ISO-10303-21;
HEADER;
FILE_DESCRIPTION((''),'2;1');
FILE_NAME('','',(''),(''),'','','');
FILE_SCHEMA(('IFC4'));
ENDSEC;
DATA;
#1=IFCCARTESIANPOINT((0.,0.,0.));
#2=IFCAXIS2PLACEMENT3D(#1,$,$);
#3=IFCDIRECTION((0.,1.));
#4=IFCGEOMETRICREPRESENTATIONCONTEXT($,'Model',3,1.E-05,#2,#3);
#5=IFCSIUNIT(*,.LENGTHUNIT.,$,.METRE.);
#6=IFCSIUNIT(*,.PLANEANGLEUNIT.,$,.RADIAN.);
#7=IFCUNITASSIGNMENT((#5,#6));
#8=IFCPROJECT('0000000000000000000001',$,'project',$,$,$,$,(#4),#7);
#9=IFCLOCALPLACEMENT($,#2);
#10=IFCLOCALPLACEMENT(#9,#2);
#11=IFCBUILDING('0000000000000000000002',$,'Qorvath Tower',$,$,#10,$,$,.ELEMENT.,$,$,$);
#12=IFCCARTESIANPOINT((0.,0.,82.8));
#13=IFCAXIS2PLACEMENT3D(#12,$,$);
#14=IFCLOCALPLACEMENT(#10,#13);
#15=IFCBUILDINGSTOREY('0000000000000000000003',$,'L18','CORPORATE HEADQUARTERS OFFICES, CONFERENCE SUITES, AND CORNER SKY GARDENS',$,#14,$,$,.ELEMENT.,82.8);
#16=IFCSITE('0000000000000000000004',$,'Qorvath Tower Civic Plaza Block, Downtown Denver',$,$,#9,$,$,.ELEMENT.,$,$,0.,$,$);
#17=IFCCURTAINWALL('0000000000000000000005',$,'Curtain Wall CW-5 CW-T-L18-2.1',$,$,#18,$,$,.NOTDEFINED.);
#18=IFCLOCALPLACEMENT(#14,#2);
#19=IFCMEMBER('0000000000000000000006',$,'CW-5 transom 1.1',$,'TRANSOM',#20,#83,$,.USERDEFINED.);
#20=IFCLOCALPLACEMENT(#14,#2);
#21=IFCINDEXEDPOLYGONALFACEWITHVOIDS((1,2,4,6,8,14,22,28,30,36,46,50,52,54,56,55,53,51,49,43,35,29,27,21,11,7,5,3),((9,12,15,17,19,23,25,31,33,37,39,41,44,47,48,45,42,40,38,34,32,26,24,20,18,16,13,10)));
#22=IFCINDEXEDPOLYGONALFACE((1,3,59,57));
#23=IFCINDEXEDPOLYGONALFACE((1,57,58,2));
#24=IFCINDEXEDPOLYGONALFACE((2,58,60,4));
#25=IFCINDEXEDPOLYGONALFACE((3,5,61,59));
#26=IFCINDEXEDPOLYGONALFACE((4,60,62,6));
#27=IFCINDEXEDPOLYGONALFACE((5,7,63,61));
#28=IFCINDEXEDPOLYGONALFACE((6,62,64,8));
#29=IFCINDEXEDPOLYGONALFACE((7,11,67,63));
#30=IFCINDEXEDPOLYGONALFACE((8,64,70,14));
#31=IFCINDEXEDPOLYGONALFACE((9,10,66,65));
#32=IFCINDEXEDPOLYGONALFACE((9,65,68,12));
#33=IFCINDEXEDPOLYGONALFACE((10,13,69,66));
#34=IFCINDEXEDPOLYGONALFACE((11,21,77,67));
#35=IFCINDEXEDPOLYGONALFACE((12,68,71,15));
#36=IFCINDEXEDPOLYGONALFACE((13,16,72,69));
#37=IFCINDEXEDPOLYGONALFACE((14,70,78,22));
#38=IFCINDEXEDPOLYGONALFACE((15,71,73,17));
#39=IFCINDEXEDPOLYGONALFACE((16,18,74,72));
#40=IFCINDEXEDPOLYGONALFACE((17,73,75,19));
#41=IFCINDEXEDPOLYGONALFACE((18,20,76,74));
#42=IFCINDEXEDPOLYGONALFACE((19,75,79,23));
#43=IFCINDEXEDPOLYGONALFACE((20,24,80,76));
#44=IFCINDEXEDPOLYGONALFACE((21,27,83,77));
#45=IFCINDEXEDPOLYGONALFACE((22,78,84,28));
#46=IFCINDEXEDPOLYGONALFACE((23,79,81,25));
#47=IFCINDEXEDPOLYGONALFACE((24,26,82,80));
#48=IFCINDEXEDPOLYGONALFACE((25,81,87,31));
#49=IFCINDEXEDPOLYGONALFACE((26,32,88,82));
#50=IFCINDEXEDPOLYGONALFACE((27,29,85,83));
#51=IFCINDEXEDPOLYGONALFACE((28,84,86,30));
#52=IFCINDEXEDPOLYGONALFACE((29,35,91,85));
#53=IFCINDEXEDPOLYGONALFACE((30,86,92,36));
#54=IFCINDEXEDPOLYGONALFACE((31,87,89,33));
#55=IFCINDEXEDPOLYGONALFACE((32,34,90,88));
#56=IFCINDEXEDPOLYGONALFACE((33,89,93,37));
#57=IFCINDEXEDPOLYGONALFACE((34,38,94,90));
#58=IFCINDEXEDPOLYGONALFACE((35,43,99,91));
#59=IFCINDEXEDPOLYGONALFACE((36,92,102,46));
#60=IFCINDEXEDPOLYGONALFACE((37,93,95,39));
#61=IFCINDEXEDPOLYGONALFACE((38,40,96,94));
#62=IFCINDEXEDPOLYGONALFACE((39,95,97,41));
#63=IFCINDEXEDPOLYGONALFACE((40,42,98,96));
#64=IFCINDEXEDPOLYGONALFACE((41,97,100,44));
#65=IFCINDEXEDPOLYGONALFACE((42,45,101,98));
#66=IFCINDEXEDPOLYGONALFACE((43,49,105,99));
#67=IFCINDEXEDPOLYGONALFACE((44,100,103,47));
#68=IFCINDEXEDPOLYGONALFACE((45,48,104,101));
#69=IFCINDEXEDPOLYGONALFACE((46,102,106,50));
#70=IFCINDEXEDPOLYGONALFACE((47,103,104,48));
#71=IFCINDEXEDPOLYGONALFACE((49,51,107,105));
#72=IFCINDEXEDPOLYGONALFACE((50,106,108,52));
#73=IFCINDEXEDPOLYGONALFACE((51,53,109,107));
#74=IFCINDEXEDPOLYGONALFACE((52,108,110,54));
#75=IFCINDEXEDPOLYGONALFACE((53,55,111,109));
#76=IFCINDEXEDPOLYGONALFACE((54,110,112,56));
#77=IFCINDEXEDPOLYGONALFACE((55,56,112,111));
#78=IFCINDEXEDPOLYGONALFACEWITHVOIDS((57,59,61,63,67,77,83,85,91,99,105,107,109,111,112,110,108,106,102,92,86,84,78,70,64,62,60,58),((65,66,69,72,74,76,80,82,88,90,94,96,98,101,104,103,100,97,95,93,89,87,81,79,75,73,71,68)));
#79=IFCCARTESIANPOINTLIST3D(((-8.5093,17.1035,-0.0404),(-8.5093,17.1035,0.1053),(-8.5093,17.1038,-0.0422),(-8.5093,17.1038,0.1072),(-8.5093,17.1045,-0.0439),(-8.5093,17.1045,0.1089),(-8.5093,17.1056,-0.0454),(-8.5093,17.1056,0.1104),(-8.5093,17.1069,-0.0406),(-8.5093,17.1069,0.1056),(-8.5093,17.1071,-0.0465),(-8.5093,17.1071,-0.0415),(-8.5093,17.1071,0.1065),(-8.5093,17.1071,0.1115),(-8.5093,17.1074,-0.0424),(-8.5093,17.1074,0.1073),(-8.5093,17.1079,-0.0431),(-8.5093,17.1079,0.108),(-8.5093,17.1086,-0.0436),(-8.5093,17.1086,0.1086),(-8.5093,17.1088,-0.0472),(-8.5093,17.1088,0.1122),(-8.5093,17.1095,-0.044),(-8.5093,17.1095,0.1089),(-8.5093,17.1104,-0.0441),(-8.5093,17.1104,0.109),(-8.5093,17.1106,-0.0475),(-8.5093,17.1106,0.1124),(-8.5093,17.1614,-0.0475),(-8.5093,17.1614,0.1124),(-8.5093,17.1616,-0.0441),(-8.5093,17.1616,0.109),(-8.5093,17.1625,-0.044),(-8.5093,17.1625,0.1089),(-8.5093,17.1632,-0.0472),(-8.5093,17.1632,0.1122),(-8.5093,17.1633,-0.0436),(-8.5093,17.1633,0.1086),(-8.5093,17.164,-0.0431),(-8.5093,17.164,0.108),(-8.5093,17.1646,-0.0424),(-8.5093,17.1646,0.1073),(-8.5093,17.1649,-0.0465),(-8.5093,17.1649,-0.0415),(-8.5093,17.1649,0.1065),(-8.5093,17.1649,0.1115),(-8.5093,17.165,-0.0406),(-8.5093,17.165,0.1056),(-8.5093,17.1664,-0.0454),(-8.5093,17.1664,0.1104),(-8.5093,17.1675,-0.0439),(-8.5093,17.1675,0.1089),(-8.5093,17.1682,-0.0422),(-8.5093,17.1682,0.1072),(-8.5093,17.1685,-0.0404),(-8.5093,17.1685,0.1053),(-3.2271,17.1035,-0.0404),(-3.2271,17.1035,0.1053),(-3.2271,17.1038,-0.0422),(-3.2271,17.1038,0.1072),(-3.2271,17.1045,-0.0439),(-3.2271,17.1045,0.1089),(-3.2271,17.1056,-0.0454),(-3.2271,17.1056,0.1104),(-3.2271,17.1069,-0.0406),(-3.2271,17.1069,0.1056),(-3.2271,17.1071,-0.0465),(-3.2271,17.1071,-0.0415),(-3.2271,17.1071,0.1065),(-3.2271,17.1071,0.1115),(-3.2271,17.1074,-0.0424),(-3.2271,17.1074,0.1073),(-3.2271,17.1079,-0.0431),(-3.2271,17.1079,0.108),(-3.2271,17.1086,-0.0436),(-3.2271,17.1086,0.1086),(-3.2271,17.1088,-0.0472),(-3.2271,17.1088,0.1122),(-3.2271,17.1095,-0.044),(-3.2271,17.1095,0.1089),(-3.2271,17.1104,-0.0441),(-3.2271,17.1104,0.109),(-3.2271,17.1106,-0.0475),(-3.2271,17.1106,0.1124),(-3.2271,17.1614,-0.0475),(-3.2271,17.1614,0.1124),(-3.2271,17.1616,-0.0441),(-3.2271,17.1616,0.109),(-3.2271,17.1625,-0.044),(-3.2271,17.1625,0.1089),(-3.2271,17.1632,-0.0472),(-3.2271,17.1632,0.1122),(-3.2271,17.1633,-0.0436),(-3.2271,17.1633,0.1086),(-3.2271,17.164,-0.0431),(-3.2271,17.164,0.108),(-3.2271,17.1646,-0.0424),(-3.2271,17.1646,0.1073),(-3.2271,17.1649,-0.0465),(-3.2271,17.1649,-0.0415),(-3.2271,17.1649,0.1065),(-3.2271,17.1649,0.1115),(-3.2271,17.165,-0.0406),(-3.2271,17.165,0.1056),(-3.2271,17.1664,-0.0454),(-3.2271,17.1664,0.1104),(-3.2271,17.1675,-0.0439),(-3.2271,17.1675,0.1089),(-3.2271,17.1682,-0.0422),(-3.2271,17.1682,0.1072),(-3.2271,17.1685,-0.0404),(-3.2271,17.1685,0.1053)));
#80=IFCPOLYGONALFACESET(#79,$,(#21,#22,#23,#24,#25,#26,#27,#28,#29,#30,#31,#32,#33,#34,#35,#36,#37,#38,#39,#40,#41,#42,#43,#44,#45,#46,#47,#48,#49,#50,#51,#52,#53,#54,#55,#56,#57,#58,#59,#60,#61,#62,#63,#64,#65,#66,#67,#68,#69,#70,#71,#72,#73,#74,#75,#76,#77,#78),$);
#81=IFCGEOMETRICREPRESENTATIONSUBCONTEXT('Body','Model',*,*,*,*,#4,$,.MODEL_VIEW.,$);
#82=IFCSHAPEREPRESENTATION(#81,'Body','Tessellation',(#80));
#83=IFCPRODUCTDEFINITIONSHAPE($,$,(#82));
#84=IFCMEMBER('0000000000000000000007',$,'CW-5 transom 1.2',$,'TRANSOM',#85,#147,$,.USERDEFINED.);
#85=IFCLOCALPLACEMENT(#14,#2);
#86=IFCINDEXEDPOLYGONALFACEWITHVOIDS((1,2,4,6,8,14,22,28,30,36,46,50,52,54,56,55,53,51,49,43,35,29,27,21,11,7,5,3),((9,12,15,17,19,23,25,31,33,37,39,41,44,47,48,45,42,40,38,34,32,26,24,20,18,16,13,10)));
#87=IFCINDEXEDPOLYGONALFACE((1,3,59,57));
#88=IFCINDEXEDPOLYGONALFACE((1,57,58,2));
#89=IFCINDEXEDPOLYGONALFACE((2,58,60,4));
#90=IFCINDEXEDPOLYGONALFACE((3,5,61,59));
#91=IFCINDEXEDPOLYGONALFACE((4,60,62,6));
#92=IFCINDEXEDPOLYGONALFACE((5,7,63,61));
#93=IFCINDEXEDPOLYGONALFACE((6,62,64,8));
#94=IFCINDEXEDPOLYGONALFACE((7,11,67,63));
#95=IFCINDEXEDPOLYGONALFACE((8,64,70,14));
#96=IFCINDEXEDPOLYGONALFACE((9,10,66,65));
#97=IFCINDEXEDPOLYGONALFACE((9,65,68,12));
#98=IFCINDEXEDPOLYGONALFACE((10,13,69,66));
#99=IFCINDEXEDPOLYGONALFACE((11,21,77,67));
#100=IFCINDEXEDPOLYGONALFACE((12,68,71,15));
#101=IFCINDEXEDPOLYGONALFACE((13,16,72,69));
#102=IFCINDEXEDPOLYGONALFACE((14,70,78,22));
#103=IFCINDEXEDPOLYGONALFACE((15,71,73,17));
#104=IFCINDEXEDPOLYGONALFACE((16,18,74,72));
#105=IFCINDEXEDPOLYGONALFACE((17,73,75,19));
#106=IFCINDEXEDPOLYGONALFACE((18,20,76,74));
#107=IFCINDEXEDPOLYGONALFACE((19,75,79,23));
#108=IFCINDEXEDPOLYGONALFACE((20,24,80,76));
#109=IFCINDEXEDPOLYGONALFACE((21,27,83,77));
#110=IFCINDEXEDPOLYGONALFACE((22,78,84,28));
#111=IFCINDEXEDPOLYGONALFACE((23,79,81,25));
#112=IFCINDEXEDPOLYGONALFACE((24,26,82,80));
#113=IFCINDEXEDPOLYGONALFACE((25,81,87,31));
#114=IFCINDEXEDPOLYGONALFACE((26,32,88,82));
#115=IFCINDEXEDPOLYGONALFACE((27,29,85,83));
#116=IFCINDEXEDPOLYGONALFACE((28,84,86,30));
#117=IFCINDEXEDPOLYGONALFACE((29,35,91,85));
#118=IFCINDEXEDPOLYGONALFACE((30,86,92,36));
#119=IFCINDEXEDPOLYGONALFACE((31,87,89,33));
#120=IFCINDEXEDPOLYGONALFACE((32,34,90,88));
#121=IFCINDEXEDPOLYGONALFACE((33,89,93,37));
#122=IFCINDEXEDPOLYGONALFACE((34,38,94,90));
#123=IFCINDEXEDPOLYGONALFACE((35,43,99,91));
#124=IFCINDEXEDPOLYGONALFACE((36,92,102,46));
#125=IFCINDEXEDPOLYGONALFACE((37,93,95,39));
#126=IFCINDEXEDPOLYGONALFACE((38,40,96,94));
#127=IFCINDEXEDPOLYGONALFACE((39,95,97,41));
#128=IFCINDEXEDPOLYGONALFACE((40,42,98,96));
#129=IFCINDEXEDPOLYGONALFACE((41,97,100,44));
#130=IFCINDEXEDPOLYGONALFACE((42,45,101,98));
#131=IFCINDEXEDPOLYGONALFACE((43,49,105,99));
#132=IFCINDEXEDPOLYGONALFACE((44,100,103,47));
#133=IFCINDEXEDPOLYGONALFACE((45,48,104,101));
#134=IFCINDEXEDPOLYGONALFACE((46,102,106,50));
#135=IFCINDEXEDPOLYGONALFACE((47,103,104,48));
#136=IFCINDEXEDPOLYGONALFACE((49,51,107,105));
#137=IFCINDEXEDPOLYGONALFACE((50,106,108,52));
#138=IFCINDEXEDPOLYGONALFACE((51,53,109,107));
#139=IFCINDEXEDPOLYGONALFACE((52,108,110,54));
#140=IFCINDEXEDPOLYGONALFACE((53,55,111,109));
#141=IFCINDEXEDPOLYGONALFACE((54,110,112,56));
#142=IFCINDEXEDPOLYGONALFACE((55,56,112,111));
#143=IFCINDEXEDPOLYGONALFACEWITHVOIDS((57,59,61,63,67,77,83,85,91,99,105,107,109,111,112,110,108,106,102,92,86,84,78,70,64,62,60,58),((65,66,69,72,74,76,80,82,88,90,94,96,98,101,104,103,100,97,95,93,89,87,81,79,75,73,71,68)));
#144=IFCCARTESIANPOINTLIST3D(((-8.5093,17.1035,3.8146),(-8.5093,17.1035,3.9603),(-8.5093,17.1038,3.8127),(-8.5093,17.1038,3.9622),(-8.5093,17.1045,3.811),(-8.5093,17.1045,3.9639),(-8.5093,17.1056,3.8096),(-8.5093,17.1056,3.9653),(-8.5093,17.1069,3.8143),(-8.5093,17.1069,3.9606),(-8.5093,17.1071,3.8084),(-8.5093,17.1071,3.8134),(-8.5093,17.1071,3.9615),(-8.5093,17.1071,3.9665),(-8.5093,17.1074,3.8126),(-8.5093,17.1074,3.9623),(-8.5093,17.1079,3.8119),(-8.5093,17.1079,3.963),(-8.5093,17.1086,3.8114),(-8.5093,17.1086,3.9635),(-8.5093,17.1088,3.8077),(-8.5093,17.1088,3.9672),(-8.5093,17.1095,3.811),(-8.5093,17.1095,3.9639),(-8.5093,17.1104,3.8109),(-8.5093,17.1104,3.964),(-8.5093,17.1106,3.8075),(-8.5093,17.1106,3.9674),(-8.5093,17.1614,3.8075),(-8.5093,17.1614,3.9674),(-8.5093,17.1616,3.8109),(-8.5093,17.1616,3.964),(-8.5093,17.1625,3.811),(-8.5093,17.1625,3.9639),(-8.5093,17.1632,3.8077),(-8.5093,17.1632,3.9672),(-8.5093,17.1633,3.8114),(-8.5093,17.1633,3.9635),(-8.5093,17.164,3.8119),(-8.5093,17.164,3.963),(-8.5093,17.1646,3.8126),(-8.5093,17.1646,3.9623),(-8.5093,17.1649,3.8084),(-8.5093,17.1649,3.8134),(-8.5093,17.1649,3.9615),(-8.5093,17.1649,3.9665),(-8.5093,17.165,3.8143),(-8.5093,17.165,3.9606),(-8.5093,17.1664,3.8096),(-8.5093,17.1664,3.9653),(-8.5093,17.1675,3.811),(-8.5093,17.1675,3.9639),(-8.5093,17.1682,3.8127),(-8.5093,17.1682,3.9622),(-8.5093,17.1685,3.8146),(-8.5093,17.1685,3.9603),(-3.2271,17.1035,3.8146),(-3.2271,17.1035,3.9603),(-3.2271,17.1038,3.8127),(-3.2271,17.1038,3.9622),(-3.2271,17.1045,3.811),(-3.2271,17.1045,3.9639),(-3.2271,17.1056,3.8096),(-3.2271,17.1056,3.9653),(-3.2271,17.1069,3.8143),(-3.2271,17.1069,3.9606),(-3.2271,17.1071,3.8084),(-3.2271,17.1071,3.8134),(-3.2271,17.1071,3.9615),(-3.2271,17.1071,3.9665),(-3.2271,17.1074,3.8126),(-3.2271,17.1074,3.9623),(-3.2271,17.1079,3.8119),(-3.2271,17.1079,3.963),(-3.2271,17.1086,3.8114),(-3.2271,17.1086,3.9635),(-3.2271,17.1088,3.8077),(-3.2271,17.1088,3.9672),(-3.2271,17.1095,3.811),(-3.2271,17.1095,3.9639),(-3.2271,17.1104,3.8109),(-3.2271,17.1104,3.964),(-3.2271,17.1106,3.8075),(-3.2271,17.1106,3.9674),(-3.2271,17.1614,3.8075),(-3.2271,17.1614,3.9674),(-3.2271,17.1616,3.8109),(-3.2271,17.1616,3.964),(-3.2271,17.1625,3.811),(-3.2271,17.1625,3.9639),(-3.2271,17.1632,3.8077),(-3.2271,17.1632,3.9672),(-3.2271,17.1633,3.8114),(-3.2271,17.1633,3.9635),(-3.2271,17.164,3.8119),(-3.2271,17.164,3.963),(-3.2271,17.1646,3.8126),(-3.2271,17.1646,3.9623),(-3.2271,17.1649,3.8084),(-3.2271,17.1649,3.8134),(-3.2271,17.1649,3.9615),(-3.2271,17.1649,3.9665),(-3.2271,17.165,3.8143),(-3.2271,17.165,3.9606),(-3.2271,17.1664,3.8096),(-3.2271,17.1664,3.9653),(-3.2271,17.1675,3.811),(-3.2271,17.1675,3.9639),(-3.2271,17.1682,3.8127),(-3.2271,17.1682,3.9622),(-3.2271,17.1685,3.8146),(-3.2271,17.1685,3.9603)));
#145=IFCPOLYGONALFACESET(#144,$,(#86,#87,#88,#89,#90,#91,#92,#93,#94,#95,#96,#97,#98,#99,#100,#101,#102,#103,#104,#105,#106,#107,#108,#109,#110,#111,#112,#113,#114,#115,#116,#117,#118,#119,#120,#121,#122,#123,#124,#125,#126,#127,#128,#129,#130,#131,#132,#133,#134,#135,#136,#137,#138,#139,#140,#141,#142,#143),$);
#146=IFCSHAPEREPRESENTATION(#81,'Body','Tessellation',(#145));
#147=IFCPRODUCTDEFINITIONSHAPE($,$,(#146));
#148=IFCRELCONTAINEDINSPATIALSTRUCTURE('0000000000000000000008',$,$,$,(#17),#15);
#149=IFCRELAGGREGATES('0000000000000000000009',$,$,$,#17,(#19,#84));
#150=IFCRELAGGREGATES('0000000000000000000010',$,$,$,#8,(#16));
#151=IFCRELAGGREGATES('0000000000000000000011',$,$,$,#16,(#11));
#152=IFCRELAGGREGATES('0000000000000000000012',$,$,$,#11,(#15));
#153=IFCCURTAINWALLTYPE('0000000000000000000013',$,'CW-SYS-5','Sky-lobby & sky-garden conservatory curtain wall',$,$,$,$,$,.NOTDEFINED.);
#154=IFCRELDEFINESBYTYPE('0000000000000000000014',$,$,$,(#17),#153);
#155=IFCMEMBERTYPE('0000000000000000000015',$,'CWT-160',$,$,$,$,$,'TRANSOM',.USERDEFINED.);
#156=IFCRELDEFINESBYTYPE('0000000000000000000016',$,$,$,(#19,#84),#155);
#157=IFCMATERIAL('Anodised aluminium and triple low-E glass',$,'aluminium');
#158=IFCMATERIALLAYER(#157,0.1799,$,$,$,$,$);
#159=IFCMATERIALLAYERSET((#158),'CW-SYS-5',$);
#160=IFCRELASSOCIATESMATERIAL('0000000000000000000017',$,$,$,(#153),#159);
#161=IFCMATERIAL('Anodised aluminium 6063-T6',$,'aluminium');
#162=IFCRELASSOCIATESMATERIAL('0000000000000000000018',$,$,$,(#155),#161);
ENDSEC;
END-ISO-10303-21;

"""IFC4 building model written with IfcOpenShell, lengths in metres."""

from ifc_helpers import new_model, si_unit, direction, frame, origin, origin_2d, place, context, subcontext, project, spatial, hollow_rectangle, extrude, material, layer, layer_set, material_profile, profile_set, type_object, element, aggregate, save


model = new_model("IFC4")

# Units and contexts
model_context = context("Model", 3, precision=1e-05, world=origin(), true_north=direction((0.0, 1.0)))
body_context = subcontext(model_context, "Body", "Model", "MODEL_VIEW")
ifc_project = project(units=[si_unit("LENGTHUNIT", "METRE"), si_unit("PLANEANGLEUNIT", "RADIAN")], contexts=[model_context])

# Site, building, storey
site_placement = place(None, origin())
site = spatial("IfcSite", under=ifc_project, at=site_placement, Name="Qorvath Tower Civic Plaza Block, Downtown Denver", CompositionType="ELEMENT", RefElevation=0.0)
building_placement = place(site_placement, origin())
building = spatial("IfcBuilding", under=site, at=building_placement, Name="Qorvath Tower", CompositionType="ELEMENT")
storey_placement = place(building_placement, frame((0.0, 0.0, 82.8)))
storey = spatial("IfcBuildingStorey", under=building, at=storey_placement, Name="L18", Description="CORPORATE HEADQUARTERS OFFICES, CONFERENCE SUITES, AND CORNER SKY GARDENS", CompositionType="ELEMENT", Elevation=82.8)

# Curtain wall
ifc_material_1 = material(Name="Anodised aluminium and triple low-E glass", Category="aluminium")
ifc_layer_1 = layer(ifc_material_1, 0.1799)
ifc_layer_set_1 = layer_set([ifc_layer_1], Name="CW-SYS-5")
curtain_wall_type = type_object("IfcCurtainWallType", Name="CW-SYS-5", Description="Sky-lobby & sky-garden conservatory curtain wall", PredefinedType="NOTDEFINED", material=ifc_layer_set_1)
curtain_wall_1_placement = place(storey_placement, origin())
curtain_wall_1 = element("IfcCurtainWall", 1, at=curtain_wall_1_placement, inside=storey, type_object=curtain_wall_type, Name="Curtain Wall CW-5 CW-T-L18-2.1", PredefinedType="NOTDEFINED")

# Members
ifc_material_2 = material(Name="Anodised aluminium 6063-T6", Category="aluminium")
ifc_material_profile_1 = material_profile(ifc_material_2, hollow_rectangle(XDim=0.0649, YDim=0.1599, WallThickness=0.0034, InnerFilletRadius=0.0034, OuterFilletRadius=0.0071, at=origin_2d()), Name="CWT 160x65")
ifc_profile_set_1 = profile_set([ifc_material_profile_1], Name="Anodised aluminium 6063-T6")
member_type_1 = type_object("IfcMemberType", Name="CWT-160", ElementType="TRANSOM", PredefinedType="USERDEFINED", material=ifc_profile_set_1)
member_1_placement = place(storey_placement, frame((-3.2271, 17.136, 0.0325), z_axis=(-1.0, 0.0, 0.0), x_axis=(0.0, -1.0, 0.0)))
member_1 = element("IfcMember", 2, at=member_1_placement, type_object=member_type_1, Name="CW-5 transom 1.1", ObjectType="TRANSOM", PredefinedType="USERDEFINED", context=body_context, shape_type="SweptSolid", body=[
    extrude(hollow_rectangle(XDim=0.0649, YDim=0.1599, WallThickness=0.0034, InnerFilletRadius=0.0034, OuterFilletRadius=0.0071, at=origin_2d()), origin(), (0.0, 0.0, 1.0), 5.2822),
])
member_2_placement = place(storey_placement, frame((-3.2271, 17.136, 3.8875), z_axis=(-1.0, 0.0, 0.0), x_axis=(0.0, -1.0, 0.0)))
member_2 = element("IfcMember", 3, at=member_2_placement, type_object=member_type_1, Name="CW-5 transom 1.2", ObjectType="TRANSOM", PredefinedType="USERDEFINED", context=body_context, shape_type="SweptSolid", body=[
    extrude(hollow_rectangle(XDim=0.0649, YDim=0.1599, WallThickness=0.0034, InnerFilletRadius=0.0034, OuterFilletRadius=0.0071, at=origin_2d()), origin(), (0.0, 0.0, 1.0), 5.2822),
])

aggregate(curtain_wall_1, [member_1, member_2])

save(model, "model.ifc")
